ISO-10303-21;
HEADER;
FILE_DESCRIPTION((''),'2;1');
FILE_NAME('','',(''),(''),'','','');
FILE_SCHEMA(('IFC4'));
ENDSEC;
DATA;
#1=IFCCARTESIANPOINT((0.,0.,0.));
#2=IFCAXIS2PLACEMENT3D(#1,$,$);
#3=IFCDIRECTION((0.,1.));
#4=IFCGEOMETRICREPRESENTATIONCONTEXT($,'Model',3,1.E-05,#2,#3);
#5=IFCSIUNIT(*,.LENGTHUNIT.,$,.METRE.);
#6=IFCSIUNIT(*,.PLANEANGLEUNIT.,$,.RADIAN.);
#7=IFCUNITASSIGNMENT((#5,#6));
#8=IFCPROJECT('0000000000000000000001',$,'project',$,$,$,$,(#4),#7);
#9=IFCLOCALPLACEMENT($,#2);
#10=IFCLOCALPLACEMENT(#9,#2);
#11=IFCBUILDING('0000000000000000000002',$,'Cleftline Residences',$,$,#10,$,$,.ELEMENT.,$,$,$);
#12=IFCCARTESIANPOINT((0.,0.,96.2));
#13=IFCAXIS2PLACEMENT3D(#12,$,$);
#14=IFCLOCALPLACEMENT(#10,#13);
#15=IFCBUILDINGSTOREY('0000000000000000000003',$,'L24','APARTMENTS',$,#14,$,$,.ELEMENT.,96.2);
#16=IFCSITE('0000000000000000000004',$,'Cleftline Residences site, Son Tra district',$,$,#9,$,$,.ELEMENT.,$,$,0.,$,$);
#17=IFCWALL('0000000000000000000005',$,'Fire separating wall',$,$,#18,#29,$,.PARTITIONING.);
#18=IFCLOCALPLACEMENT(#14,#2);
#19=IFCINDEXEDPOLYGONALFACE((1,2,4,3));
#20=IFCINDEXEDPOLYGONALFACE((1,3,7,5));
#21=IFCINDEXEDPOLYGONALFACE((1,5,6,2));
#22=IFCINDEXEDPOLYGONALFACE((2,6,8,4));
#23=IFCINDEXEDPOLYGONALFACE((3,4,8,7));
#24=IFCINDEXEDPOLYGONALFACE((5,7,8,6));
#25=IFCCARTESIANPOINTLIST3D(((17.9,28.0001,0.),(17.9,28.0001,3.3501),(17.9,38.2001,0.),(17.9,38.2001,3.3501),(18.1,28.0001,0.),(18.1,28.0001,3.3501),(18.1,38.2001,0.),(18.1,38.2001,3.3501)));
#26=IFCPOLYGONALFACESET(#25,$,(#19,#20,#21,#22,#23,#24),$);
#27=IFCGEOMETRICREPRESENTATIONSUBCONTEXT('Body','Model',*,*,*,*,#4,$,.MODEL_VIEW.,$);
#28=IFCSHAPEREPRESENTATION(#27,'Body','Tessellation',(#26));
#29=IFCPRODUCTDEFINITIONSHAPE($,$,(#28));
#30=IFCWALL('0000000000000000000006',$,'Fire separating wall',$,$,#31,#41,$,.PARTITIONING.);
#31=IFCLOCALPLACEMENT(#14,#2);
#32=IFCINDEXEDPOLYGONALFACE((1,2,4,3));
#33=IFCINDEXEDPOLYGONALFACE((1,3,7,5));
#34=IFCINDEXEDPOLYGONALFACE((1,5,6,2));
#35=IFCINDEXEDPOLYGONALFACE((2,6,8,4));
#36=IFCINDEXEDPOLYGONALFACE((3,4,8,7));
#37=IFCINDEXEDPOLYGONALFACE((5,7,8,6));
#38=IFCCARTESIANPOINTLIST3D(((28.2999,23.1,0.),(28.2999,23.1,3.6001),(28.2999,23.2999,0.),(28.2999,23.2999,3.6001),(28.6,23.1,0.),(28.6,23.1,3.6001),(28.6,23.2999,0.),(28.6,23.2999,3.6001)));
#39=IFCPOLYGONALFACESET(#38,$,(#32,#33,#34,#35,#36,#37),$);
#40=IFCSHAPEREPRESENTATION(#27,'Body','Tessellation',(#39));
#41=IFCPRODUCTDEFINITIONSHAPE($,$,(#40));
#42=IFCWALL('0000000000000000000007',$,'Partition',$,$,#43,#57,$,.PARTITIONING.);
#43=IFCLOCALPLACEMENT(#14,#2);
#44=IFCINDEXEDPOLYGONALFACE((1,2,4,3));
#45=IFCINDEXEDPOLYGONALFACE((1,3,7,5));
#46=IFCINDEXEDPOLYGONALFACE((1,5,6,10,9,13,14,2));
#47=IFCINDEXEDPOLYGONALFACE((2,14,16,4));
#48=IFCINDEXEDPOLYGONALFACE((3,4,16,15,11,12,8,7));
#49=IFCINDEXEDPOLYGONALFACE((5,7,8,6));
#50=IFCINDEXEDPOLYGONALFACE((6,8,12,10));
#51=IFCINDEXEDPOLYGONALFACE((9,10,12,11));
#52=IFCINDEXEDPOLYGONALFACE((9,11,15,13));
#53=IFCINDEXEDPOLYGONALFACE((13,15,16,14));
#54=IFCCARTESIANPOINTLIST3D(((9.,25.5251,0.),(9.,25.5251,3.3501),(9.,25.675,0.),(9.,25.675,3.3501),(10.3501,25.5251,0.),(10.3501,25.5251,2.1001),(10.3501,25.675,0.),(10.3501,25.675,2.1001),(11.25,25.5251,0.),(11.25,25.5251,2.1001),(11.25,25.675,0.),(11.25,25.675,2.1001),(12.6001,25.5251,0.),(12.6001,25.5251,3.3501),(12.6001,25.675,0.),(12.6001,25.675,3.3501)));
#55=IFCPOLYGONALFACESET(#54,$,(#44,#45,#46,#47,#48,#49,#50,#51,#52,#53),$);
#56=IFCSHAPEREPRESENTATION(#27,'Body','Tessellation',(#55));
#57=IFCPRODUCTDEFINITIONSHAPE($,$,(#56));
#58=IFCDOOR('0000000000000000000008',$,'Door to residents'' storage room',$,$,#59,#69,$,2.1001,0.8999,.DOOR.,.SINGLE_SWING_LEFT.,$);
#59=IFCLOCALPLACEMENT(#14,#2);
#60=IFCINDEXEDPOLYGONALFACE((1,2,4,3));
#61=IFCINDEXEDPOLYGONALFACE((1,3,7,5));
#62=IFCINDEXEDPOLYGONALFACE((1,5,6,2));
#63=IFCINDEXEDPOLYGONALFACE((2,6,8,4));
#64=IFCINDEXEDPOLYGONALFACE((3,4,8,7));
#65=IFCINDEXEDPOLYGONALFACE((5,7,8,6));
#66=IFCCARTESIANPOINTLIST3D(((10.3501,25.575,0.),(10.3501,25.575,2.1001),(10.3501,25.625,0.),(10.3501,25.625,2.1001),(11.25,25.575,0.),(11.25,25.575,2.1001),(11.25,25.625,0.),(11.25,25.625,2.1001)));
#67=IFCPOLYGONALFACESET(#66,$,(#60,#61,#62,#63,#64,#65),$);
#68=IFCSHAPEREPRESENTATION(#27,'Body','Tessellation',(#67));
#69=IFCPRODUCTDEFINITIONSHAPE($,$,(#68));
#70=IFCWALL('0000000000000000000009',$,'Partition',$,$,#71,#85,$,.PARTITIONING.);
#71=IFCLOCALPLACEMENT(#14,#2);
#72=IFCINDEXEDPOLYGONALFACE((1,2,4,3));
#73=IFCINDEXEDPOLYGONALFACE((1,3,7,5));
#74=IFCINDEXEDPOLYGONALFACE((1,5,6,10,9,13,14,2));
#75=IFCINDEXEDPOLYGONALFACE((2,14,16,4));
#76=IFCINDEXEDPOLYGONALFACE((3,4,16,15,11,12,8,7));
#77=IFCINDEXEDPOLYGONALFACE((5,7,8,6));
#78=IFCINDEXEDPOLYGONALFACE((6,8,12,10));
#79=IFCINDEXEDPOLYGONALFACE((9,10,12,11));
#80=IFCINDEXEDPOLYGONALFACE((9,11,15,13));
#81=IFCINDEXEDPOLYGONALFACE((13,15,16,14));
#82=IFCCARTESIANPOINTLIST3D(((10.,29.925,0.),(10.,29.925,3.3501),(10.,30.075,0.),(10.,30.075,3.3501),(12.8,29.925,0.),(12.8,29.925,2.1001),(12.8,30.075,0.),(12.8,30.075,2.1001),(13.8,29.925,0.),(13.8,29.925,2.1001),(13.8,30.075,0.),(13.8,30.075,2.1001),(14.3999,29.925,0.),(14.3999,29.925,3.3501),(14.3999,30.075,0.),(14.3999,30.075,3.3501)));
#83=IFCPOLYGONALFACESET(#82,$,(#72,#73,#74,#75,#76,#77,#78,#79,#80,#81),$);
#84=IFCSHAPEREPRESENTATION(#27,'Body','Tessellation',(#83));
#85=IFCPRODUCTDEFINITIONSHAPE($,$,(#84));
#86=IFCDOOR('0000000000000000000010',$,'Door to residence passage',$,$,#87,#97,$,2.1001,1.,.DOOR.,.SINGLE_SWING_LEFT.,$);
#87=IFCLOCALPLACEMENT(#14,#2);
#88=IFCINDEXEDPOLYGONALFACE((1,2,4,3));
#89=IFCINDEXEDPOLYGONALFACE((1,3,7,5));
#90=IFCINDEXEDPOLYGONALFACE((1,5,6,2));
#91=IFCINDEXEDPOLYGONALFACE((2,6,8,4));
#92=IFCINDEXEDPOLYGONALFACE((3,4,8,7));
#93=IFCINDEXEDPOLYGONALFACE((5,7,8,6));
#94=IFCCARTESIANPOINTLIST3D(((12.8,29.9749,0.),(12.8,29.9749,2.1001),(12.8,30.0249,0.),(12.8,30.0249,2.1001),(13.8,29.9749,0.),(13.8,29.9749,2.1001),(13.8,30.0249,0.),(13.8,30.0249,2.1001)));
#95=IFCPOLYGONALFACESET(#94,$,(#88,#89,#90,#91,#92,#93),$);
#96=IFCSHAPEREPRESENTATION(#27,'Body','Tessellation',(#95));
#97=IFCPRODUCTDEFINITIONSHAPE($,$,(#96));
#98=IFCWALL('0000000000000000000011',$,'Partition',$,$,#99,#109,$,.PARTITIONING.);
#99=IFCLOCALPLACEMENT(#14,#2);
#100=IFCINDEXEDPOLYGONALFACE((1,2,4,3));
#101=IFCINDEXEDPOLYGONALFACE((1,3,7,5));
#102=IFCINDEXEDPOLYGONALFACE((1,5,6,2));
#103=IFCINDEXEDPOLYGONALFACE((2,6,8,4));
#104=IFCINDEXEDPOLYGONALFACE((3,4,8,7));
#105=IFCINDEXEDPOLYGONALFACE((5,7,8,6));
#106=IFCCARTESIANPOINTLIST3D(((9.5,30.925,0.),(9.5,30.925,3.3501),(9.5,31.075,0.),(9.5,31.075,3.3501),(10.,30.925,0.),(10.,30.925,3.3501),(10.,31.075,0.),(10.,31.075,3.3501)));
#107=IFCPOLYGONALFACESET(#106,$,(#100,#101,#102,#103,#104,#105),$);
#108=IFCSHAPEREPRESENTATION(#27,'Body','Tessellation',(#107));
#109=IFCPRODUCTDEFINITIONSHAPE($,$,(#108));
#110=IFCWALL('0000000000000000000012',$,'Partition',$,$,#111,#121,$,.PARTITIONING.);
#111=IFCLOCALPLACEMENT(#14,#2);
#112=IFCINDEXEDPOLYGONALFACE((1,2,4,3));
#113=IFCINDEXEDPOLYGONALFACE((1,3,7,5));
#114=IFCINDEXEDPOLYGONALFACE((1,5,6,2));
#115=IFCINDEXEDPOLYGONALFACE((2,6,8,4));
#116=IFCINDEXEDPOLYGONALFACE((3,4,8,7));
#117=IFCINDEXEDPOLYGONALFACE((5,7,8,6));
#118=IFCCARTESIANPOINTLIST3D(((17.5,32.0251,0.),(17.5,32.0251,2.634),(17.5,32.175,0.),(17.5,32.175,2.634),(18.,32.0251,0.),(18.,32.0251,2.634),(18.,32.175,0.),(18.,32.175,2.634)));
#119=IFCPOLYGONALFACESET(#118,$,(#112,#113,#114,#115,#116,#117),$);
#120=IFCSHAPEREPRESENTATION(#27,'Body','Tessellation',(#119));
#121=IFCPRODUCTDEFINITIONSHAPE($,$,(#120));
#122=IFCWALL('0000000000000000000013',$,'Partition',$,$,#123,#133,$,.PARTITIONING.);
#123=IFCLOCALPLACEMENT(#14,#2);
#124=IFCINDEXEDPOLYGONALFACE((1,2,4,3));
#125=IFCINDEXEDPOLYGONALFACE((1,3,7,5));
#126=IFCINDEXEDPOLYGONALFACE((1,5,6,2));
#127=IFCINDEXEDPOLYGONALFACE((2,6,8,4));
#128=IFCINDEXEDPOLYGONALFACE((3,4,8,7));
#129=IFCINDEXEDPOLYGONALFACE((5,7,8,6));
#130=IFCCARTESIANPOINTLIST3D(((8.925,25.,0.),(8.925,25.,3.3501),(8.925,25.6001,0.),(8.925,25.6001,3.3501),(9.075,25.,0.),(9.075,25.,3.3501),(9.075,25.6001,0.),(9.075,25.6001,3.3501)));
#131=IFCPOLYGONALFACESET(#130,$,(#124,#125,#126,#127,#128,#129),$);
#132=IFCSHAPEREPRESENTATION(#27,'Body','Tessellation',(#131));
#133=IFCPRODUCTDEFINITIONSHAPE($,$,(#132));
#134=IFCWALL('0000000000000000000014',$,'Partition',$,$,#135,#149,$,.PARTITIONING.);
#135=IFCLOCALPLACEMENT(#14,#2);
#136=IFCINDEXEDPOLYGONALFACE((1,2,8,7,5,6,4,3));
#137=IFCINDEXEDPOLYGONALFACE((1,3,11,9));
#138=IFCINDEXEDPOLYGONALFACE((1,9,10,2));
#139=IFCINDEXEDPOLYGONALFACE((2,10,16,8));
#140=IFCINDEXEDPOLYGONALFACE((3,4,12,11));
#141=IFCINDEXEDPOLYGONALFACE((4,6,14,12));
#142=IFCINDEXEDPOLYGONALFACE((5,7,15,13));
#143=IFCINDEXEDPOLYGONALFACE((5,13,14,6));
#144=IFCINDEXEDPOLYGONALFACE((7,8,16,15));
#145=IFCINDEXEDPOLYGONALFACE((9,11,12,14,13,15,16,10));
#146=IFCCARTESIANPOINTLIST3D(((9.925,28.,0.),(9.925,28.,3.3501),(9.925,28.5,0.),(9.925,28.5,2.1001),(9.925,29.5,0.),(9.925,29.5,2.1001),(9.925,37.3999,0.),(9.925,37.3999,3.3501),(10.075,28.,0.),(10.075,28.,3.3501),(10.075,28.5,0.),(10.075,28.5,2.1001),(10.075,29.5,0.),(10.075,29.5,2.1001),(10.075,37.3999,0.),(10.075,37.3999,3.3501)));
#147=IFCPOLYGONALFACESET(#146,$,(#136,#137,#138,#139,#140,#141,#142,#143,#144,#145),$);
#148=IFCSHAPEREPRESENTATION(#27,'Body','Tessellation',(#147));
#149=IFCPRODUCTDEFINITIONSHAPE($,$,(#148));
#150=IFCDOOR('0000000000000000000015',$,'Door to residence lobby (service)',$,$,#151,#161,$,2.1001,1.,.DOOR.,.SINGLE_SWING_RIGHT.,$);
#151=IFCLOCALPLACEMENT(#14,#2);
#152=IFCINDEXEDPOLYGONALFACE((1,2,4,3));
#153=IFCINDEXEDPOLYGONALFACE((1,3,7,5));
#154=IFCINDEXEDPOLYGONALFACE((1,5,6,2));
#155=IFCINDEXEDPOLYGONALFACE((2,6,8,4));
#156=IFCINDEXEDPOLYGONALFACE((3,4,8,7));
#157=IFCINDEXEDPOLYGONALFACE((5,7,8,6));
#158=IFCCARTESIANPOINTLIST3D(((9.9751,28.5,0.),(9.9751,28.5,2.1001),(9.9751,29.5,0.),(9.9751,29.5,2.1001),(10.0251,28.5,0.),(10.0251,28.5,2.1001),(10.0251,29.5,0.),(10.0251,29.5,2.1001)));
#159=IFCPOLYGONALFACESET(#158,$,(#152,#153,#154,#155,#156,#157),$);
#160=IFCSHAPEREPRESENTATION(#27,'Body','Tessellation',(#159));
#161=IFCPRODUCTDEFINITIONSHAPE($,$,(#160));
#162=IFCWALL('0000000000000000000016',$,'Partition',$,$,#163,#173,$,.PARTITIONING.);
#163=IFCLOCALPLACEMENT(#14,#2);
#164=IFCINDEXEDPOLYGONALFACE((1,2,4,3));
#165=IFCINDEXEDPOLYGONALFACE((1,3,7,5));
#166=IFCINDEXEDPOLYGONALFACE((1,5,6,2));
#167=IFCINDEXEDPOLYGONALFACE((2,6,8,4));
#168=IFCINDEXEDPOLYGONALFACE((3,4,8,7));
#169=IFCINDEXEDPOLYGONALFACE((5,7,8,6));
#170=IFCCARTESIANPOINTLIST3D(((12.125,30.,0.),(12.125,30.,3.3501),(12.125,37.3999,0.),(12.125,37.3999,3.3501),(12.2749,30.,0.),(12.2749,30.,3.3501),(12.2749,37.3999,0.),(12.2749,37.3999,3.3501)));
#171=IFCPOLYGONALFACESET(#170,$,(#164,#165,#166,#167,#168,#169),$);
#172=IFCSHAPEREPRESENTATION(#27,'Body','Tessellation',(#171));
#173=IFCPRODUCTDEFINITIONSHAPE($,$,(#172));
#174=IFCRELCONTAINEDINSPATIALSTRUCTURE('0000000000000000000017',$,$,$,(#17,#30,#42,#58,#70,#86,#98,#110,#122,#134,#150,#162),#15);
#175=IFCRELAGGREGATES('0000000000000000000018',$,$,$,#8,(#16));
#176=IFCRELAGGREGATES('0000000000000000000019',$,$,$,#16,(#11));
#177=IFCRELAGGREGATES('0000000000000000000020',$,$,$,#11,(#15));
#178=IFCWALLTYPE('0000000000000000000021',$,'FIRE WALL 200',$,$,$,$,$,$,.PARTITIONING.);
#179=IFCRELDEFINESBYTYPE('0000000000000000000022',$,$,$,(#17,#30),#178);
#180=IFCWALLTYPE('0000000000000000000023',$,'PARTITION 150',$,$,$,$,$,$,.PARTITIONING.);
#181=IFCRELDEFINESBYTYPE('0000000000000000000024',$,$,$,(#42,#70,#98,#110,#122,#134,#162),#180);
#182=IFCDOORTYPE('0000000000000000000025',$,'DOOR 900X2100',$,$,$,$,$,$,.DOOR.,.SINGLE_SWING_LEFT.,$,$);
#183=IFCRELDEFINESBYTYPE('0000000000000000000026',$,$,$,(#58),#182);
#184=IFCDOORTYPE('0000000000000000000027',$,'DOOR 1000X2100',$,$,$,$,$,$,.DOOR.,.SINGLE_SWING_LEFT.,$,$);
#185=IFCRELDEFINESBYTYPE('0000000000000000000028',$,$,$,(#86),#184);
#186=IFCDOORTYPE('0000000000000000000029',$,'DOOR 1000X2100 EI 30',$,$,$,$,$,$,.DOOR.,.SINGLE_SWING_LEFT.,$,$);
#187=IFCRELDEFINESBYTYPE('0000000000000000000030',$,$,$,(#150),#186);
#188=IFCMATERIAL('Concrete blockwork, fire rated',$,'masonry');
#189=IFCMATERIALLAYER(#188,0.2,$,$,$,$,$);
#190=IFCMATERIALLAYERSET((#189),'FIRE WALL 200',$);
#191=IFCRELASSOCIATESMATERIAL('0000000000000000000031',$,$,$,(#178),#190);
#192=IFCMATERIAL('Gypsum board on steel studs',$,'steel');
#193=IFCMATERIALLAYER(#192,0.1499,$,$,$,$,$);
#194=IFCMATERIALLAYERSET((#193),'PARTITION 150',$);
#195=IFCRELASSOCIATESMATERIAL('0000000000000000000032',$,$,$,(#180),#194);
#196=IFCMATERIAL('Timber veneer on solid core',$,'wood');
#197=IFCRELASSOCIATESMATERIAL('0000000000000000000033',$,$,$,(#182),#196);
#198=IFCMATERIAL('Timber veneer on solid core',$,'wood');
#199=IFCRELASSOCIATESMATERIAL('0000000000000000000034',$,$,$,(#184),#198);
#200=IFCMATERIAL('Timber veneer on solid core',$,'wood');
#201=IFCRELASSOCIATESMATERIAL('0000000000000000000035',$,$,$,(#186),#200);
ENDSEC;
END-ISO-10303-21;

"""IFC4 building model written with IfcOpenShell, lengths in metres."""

from ifc_helpers import new_model, si_unit, direction, frame, frame_2d, origin, place, context, subcontext, project, spatial, rectangle, extrude, material, layer, layer_set, type_object, element, fill, save


model = new_model("IFC4")

# Units and contexts
model_context = context("Model", 3, precision=1e-05, world=origin(), true_north=direction((0.0, 1.0)))
body_context = subcontext(model_context, "Body", "Model", "MODEL_VIEW")
ifc_project = project(units=[si_unit("LENGTHUNIT", "METRE"), si_unit("PLANEANGLEUNIT", "RADIAN")], contexts=[model_context])

# Site, building, storey
site_placement = place(None, origin())
site = spatial("IfcSite", under=ifc_project, at=site_placement, Name="Cleftline Residences site, Son Tra district", CompositionType="ELEMENT", RefElevation=0.0)
building_placement = place(site_placement, origin())
building = spatial("IfcBuilding", under=site, at=building_placement, Name="Cleftline Residences", CompositionType="ELEMENT")
storey_placement = place(building_placement, frame((0.0, 0.0, 96.2)))
storey = spatial("IfcBuildingStorey", under=building, at=storey_placement, Name="L24", Description="APARTMENTS", CompositionType="ELEMENT", Elevation=96.2)

# Walls
ifc_material_1 = material(Name="Concrete blockwork, fire rated", Category="masonry")
ifc_layer_1 = layer(ifc_material_1, 0.2)
ifc_layer_set_1 = layer_set([ifc_layer_1], Name="FIRE WALL 200")
wall_type_1 = type_object("IfcWallType", Name="FIRE WALL 200", PredefinedType="PARTITIONING", material=ifc_layer_set_1)
wall_1_placement = place(storey_placement, frame((18.0, 28.0, 0.0), z_axis=(0.0, 0.0, 1.0), x_axis=(0.0, 1.0, 0.0)))
element("IfcWall", 1, at=wall_1_placement, inside=storey, type_object=wall_type_1, Name="Fire separating wall", PredefinedType="PARTITIONING", context=body_context, shape_type="SweptSolid", body=[
    extrude(rectangle(XDim=10.2, YDim=0.2, at=frame_2d((5.1001, 0.0))), origin(), (0.0, 0.0, 1.0), 3.3501),
])
wall_2_placement = place(storey_placement, frame((28.3, 23.2, 0.0), z_axis=(0.0, 0.0, 1.0), x_axis=(1.0, 0.0, 0.0)))
element("IfcWall", 2, at=wall_2_placement, inside=storey, type_object=wall_type_1, Name="Fire separating wall", PredefinedType="PARTITIONING", context=body_context, shape_type="SweptSolid", body=[
    extrude(rectangle(XDim=0.3, YDim=0.2, at=frame_2d((0.1499, 0.0))), origin(), (0.0, 0.0, 1.0), 3.6001),
])

# Walls, openings, doors
ifc_material_2 = material(Name="Gypsum board on steel studs", Category="steel")
ifc_layer_2 = layer(ifc_material_2, 0.1499)
ifc_layer_set_2 = layer_set([ifc_layer_2], Name="PARTITION 150")
wall_type_2 = type_object("IfcWallType", Name="PARTITION 150", PredefinedType="PARTITIONING", material=ifc_layer_set_2)
wall_3_placement = place(storey_placement, frame((9.0, 25.6001, 0.0), z_axis=(0.0, 0.0, 1.0), x_axis=(1.0, 0.0, 0.0)))
wall_3 = element("IfcWall", 3, at=wall_3_placement, inside=storey, type_object=wall_type_2, Name="Partition", PredefinedType="PARTITIONING", context=body_context, shape_type="SweptSolid", body=[
    extrude(rectangle(XDim=3.6001, YDim=0.1499, at=frame_2d((1.8, 0.0))), origin(), (0.0, 0.0, 1.0), 3.3501),
])
opening_1_placement = place(wall_3_placement, frame((1.3501, 0.0, 0.0)))
opening_1 = element("IfcOpeningElement", 4, at=opening_1_placement, cuts=wall_3, PredefinedType="OPENING", context=body_context, shape_type="SweptSolid", body=[
    extrude(rectangle(XDim=0.8999, YDim=2.1001, at=frame_2d((0.45, 1.05))), frame((0.0, 0.085, 0.0), z_axis=(0.0, -1.0, 0.0), x_axis=(1.0, 0.0, 0.0)), (0.0, 0.0, 1.0), 0.1699),
])
ifc_material_3 = material(Name="Timber veneer on solid core", Category="wood")
door_type_1 = type_object("IfcDoorType", Name="DOOR 900X2100", OperationType="SINGLE_SWING_LEFT", PredefinedType="DOOR", material=ifc_material_3)
door_1_placement = place(opening_1_placement, origin())
door_1 = element("IfcDoor", 5, at=door_1_placement, inside=storey, type_object=door_type_1, Name="Door to residents' storage room", OperationType="SINGLE_SWING_LEFT", OverallHeight=2.1001, OverallWidth=0.8999, PredefinedType="DOOR", context=body_context, shape_type="SweptSolid", body=[
    extrude(rectangle(XDim=0.8999, YDim=2.1001, at=frame_2d((0.45, 1.05))), frame((0.0, 0.0249, 0.0), z_axis=(0.0, -1.0, 0.0), x_axis=(1.0, 0.0, 0.0)), (0.0, 0.0, 1.0), 0.05),
])
fill(opening_1, door_1)
wall_4_placement = place(storey_placement, frame((10.0, 30.0, 0.0), z_axis=(0.0, 0.0, 1.0), x_axis=(1.0, 0.0, 0.0)))
wall_4 = element("IfcWall", 6, at=wall_4_placement, inside=storey, type_object=wall_type_2, Name="Partition", PredefinedType="PARTITIONING", context=body_context, shape_type="SweptSolid", body=[
    extrude(rectangle(XDim=4.3999, YDim=0.1499, at=frame_2d((2.2, 0.0))), origin(), (0.0, 0.0, 1.0), 3.3501),
])
opening_2_placement = place(wall_4_placement, frame((2.8, 0.0, 0.0)))
opening_2 = element("IfcOpeningElement", 7, at=opening_2_placement, cuts=wall_4, PredefinedType="OPENING", context=body_context, shape_type="SweptSolid", body=[
    extrude(rectangle(XDim=1.0, YDim=2.1001, at=frame_2d((0.5, 1.05))), frame((0.0, 0.085, 0.0), z_axis=(0.0, -1.0, 0.0), x_axis=(1.0, 0.0, 0.0)), (0.0, 0.0, 1.0), 0.1699),
])
ifc_material_4 = material(Name="Timber veneer on solid core", Category="wood")
door_type_2 = type_object("IfcDoorType", Name="DOOR 1000X2100", OperationType="SINGLE_SWING_LEFT", PredefinedType="DOOR", material=ifc_material_4)
door_2_placement = place(opening_2_placement, origin())
door_2 = element("IfcDoor", 8, at=door_2_placement, inside=storey, type_object=door_type_2, Name="Door to residence passage", OperationType="SINGLE_SWING_LEFT", OverallHeight=2.1001, OverallWidth=1.0, PredefinedType="DOOR", context=body_context, shape_type="SweptSolid", body=[
    extrude(rectangle(XDim=1.0, YDim=2.1001, at=frame_2d((0.5, 1.05))), frame((0.0, 0.0249, 0.0), z_axis=(0.0, -1.0, 0.0), x_axis=(1.0, 0.0, 0.0)), (0.0, 0.0, 1.0), 0.05),
])
fill(opening_2, door_2)

# Walls
wall_5_placement = place(storey_placement, frame((9.5, 31.0, 0.0), z_axis=(0.0, 0.0, 1.0), x_axis=(1.0, 0.0, 0.0)))
element("IfcWall", 9, at=wall_5_placement, inside=storey, type_object=wall_type_2, Name="Partition", PredefinedType="PARTITIONING", context=body_context, shape_type="SweptSolid", body=[
    extrude(rectangle(XDim=0.5, YDim=0.1499, at=frame_2d((0.25, 0.0))), origin(), (0.0, 0.0, 1.0), 3.3501),
])
wall_6_placement = place(storey_placement, frame((17.5, 32.1001, 0.0), z_axis=(0.0, 0.0, 1.0), x_axis=(1.0, 0.0, 0.0)))
element("IfcWall", 10, at=wall_6_placement, inside=storey, type_object=wall_type_2, Name="Partition", PredefinedType="PARTITIONING", context=body_context, shape_type="SweptSolid", body=[
    extrude(rectangle(XDim=0.5, YDim=0.1499, at=frame_2d((0.25, 0.0))), origin(), (0.0, 0.0, 1.0), 2.634),
])
wall_7_placement = place(storey_placement, frame((9.0, 25.0, 0.0), z_axis=(0.0, 0.0, 1.0), x_axis=(0.0, 1.0, 0.0)))
element("IfcWall", 11, at=wall_7_placement, inside=storey, type_object=wall_type_2, Name="Partition", PredefinedType="PARTITIONING", context=body_context, shape_type="SweptSolid", body=[
    extrude(rectangle(XDim=0.6001, YDim=0.1499, at=frame_2d((0.3, 0.0))), origin(), (0.0, 0.0, 1.0), 3.3501),
])

# Wall, opening, door
wall_8_placement = place(storey_placement, frame((10.0, 28.0, 0.0), z_axis=(0.0, 0.0, 1.0), x_axis=(0.0, 1.0, 0.0)))
wall_8 = element("IfcWall", 12, at=wall_8_placement, inside=storey, type_object=wall_type_2, Name="Partition", PredefinedType="PARTITIONING", context=body_context, shape_type="SweptSolid", body=[
    extrude(rectangle(XDim=9.3999, YDim=0.1499, at=frame_2d((4.7, 0.0))), origin(), (0.0, 0.0, 1.0), 3.3501),
])
opening_3_placement = place(wall_8_placement, frame((0.5, 0.0, 0.0)))
opening_3 = element("IfcOpeningElement", 13, at=opening_3_placement, cuts=wall_8, PredefinedType="OPENING", context=body_context, shape_type="SweptSolid", body=[
    extrude(rectangle(XDim=1.0, YDim=2.1001, at=frame_2d((0.5, 1.05))), frame((0.0, 0.085, 0.0), z_axis=(0.0, -1.0, 0.0), x_axis=(1.0, 0.0, 0.0)), (0.0, 0.0, 1.0), 0.1699),
])
ifc_material_5 = material(Name="Timber veneer on solid core", Category="wood")
door_type_3 = type_object("IfcDoorType", Name="DOOR 1000X2100 EI 30", OperationType="SINGLE_SWING_LEFT", PredefinedType="DOOR", material=ifc_material_5)
door_3_placement = place(opening_3_placement, origin())
door_3 = element("IfcDoor", 14, at=door_3_placement, inside=storey, type_object=door_type_3, Name="Door to residence lobby (service)", OperationType="SINGLE_SWING_RIGHT", OverallHeight=2.1001, OverallWidth=1.0, PredefinedType="DOOR", context=body_context, shape_type="SweptSolid", body=[
    extrude(rectangle(XDim=1.0, YDim=2.1001, at=frame_2d((0.5, 1.05))), frame((0.0, 0.0249, 0.0), z_axis=(0.0, -1.0, 0.0), x_axis=(1.0, 0.0, 0.0)), (0.0, 0.0, 1.0), 0.05),
])
fill(opening_3, door_3)

# Wall
wall_9_placement = place(storey_placement, frame((12.2, 30.0, 0.0), z_axis=(0.0, 0.0, 1.0), x_axis=(0.0, 1.0, 0.0)))
element("IfcWall", 15, at=wall_9_placement, inside=storey, type_object=wall_type_2, Name="Partition", PredefinedType="PARTITIONING", context=body_context, shape_type="SweptSolid", body=[
    extrude(rectangle(XDim=7.3999, YDim=0.1499, at=frame_2d((3.7, 0.0))), origin(), (0.0, 0.0, 1.0), 3.3501),
])

save(model, "model.ifc")
